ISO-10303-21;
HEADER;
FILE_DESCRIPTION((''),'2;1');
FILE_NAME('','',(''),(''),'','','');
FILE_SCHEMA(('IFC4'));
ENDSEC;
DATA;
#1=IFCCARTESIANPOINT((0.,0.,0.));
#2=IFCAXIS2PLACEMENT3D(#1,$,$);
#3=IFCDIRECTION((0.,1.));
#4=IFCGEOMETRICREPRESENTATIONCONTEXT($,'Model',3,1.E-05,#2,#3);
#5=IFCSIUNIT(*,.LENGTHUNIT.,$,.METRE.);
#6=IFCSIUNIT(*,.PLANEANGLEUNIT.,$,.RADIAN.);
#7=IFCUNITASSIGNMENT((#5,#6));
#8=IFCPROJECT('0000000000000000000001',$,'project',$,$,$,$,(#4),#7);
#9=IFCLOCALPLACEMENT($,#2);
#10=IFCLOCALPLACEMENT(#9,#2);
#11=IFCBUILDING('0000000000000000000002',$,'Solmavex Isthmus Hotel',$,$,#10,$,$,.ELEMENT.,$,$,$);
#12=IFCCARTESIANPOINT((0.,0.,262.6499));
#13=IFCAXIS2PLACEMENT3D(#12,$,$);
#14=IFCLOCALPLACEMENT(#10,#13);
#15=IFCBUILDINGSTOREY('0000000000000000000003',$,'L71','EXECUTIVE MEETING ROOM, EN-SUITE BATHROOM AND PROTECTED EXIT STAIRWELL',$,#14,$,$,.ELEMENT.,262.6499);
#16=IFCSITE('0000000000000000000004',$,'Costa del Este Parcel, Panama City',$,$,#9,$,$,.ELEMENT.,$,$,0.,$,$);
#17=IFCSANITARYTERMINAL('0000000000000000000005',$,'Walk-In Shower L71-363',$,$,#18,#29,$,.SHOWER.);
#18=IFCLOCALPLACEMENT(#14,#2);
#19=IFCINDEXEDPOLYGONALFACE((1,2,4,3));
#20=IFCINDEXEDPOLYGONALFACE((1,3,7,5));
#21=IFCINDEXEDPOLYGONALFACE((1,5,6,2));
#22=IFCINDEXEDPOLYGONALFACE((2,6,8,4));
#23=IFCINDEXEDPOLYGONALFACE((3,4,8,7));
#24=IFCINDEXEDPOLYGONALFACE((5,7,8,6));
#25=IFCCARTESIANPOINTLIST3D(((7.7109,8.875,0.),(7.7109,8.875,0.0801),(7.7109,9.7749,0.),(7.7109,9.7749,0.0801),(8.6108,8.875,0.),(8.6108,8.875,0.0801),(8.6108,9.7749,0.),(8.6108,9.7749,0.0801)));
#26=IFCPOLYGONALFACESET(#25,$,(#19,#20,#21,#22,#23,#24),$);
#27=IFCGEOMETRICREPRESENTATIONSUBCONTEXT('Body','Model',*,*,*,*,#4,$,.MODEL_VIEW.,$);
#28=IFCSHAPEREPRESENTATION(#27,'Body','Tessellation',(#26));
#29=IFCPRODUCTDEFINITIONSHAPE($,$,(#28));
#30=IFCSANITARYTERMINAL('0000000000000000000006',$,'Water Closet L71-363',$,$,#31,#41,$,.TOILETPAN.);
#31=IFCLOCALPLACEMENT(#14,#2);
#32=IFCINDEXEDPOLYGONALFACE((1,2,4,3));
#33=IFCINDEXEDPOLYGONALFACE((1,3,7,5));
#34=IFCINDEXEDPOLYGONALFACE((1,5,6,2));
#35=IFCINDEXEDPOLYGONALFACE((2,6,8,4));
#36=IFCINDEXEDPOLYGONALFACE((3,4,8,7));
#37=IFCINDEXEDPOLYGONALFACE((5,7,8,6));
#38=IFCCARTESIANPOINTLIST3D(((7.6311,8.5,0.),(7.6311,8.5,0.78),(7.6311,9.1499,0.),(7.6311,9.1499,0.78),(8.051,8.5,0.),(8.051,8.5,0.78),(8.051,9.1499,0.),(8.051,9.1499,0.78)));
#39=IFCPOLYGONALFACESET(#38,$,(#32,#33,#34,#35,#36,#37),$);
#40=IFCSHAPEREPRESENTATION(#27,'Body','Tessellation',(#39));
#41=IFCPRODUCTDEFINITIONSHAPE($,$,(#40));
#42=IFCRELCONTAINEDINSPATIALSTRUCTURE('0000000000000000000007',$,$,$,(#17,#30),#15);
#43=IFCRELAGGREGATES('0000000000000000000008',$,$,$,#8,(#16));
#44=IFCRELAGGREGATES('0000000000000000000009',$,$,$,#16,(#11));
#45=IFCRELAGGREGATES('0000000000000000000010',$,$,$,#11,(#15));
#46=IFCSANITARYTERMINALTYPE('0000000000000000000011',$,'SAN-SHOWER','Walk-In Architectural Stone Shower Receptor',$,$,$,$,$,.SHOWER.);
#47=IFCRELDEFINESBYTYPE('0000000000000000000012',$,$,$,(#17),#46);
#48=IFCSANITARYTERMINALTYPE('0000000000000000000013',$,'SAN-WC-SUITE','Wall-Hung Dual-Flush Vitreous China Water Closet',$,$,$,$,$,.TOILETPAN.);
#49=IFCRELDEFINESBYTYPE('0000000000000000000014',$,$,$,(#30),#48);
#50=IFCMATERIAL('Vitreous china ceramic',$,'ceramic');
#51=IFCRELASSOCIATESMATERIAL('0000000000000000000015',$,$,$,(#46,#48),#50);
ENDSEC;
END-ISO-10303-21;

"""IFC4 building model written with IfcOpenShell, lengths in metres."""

from ifc_helpers import new_model, si_unit, direction, frame, origin, origin_2d, place, context, subcontext, project, spatial, rectangle, extrude, material, type_object, element, save


model = new_model("IFC4")

# Units and contexts
model_context = context("Model", 3, precision=1e-05, world=origin(), true_north=direction((0.0, 1.0)))
body_context = subcontext(model_context, "Body", "Model", "MODEL_VIEW")
ifc_project = project(units=[si_unit("LENGTHUNIT", "METRE"), si_unit("PLANEANGLEUNIT", "RADIAN")], contexts=[model_context])

# Site, building, storey
site_placement = place(None, origin())
site = spatial("IfcSite", under=ifc_project, at=site_placement, Name="Costa del Este Parcel, Panama City", CompositionType="ELEMENT", RefElevation=0.0)
building_placement = place(site_placement, origin())
building = spatial("IfcBuilding", under=site, at=building_placement, Name="Solmavex Isthmus Hotel", CompositionType="ELEMENT")
storey_placement = place(building_placement, frame((0.0, 0.0, 262.6499)))
storey = spatial("IfcBuildingStorey", under=building, at=storey_placement, Name="L71", Description="EXECUTIVE MEETING ROOM, EN-SUITE BATHROOM AND PROTECTED EXIT STAIRWELL", CompositionType="ELEMENT", Elevation=262.6499)

# Sanitary terminals
ifc_material_1 = material(Name="Vitreous china ceramic", Category="ceramic")
sanitary_terminal_type_1 = type_object("IfcSanitaryTerminalType", Name="SAN-SHOWER", Description="Walk-In Architectural Stone Shower Receptor", PredefinedType="SHOWER", material=ifc_material_1)
sanitary_terminal_1_placement = place(storey_placement, frame((8.1609, 9.325, 0.0), z_axis=(0.0, 0.0, 1.0), x_axis=(1.0, 0.0, 0.0)))
element("IfcSanitaryTerminal", 1, at=sanitary_terminal_1_placement, inside=storey, type_object=sanitary_terminal_type_1, Name="Walk-In Shower L71-363", PredefinedType="SHOWER", context=body_context, shape_type="SweptSolid", body=[
    extrude(rectangle(XDim=0.8999, YDim=0.8999, at=origin_2d()), origin(), (0.0, 0.0, 1.0), 0.0801),
])
sanitary_terminal_type_2 = type_object("IfcSanitaryTerminalType", Name="SAN-WC-SUITE", Description="Wall-Hung Dual-Flush Vitreous China Water Closet", PredefinedType="TOILETPAN", material=ifc_material_1)
sanitary_terminal_2_placement = place(storey_placement, frame((7.8411, 8.825, 0.0), z_axis=(0.0, 0.0, 1.0), x_axis=(1.0, 0.0, 0.0)))
element("IfcSanitaryTerminal", 2, at=sanitary_terminal_2_placement, inside=storey, type_object=sanitary_terminal_type_2, Name="Water Closet L71-363", PredefinedType="TOILETPAN", context=body_context, shape_type="SweptSolid", body=[
    extrude(rectangle(XDim=0.4199, YDim=0.6499, at=origin_2d()), origin(), (0.0, 0.0, 1.0), 0.78),
])

save(model, "model.ifc")
